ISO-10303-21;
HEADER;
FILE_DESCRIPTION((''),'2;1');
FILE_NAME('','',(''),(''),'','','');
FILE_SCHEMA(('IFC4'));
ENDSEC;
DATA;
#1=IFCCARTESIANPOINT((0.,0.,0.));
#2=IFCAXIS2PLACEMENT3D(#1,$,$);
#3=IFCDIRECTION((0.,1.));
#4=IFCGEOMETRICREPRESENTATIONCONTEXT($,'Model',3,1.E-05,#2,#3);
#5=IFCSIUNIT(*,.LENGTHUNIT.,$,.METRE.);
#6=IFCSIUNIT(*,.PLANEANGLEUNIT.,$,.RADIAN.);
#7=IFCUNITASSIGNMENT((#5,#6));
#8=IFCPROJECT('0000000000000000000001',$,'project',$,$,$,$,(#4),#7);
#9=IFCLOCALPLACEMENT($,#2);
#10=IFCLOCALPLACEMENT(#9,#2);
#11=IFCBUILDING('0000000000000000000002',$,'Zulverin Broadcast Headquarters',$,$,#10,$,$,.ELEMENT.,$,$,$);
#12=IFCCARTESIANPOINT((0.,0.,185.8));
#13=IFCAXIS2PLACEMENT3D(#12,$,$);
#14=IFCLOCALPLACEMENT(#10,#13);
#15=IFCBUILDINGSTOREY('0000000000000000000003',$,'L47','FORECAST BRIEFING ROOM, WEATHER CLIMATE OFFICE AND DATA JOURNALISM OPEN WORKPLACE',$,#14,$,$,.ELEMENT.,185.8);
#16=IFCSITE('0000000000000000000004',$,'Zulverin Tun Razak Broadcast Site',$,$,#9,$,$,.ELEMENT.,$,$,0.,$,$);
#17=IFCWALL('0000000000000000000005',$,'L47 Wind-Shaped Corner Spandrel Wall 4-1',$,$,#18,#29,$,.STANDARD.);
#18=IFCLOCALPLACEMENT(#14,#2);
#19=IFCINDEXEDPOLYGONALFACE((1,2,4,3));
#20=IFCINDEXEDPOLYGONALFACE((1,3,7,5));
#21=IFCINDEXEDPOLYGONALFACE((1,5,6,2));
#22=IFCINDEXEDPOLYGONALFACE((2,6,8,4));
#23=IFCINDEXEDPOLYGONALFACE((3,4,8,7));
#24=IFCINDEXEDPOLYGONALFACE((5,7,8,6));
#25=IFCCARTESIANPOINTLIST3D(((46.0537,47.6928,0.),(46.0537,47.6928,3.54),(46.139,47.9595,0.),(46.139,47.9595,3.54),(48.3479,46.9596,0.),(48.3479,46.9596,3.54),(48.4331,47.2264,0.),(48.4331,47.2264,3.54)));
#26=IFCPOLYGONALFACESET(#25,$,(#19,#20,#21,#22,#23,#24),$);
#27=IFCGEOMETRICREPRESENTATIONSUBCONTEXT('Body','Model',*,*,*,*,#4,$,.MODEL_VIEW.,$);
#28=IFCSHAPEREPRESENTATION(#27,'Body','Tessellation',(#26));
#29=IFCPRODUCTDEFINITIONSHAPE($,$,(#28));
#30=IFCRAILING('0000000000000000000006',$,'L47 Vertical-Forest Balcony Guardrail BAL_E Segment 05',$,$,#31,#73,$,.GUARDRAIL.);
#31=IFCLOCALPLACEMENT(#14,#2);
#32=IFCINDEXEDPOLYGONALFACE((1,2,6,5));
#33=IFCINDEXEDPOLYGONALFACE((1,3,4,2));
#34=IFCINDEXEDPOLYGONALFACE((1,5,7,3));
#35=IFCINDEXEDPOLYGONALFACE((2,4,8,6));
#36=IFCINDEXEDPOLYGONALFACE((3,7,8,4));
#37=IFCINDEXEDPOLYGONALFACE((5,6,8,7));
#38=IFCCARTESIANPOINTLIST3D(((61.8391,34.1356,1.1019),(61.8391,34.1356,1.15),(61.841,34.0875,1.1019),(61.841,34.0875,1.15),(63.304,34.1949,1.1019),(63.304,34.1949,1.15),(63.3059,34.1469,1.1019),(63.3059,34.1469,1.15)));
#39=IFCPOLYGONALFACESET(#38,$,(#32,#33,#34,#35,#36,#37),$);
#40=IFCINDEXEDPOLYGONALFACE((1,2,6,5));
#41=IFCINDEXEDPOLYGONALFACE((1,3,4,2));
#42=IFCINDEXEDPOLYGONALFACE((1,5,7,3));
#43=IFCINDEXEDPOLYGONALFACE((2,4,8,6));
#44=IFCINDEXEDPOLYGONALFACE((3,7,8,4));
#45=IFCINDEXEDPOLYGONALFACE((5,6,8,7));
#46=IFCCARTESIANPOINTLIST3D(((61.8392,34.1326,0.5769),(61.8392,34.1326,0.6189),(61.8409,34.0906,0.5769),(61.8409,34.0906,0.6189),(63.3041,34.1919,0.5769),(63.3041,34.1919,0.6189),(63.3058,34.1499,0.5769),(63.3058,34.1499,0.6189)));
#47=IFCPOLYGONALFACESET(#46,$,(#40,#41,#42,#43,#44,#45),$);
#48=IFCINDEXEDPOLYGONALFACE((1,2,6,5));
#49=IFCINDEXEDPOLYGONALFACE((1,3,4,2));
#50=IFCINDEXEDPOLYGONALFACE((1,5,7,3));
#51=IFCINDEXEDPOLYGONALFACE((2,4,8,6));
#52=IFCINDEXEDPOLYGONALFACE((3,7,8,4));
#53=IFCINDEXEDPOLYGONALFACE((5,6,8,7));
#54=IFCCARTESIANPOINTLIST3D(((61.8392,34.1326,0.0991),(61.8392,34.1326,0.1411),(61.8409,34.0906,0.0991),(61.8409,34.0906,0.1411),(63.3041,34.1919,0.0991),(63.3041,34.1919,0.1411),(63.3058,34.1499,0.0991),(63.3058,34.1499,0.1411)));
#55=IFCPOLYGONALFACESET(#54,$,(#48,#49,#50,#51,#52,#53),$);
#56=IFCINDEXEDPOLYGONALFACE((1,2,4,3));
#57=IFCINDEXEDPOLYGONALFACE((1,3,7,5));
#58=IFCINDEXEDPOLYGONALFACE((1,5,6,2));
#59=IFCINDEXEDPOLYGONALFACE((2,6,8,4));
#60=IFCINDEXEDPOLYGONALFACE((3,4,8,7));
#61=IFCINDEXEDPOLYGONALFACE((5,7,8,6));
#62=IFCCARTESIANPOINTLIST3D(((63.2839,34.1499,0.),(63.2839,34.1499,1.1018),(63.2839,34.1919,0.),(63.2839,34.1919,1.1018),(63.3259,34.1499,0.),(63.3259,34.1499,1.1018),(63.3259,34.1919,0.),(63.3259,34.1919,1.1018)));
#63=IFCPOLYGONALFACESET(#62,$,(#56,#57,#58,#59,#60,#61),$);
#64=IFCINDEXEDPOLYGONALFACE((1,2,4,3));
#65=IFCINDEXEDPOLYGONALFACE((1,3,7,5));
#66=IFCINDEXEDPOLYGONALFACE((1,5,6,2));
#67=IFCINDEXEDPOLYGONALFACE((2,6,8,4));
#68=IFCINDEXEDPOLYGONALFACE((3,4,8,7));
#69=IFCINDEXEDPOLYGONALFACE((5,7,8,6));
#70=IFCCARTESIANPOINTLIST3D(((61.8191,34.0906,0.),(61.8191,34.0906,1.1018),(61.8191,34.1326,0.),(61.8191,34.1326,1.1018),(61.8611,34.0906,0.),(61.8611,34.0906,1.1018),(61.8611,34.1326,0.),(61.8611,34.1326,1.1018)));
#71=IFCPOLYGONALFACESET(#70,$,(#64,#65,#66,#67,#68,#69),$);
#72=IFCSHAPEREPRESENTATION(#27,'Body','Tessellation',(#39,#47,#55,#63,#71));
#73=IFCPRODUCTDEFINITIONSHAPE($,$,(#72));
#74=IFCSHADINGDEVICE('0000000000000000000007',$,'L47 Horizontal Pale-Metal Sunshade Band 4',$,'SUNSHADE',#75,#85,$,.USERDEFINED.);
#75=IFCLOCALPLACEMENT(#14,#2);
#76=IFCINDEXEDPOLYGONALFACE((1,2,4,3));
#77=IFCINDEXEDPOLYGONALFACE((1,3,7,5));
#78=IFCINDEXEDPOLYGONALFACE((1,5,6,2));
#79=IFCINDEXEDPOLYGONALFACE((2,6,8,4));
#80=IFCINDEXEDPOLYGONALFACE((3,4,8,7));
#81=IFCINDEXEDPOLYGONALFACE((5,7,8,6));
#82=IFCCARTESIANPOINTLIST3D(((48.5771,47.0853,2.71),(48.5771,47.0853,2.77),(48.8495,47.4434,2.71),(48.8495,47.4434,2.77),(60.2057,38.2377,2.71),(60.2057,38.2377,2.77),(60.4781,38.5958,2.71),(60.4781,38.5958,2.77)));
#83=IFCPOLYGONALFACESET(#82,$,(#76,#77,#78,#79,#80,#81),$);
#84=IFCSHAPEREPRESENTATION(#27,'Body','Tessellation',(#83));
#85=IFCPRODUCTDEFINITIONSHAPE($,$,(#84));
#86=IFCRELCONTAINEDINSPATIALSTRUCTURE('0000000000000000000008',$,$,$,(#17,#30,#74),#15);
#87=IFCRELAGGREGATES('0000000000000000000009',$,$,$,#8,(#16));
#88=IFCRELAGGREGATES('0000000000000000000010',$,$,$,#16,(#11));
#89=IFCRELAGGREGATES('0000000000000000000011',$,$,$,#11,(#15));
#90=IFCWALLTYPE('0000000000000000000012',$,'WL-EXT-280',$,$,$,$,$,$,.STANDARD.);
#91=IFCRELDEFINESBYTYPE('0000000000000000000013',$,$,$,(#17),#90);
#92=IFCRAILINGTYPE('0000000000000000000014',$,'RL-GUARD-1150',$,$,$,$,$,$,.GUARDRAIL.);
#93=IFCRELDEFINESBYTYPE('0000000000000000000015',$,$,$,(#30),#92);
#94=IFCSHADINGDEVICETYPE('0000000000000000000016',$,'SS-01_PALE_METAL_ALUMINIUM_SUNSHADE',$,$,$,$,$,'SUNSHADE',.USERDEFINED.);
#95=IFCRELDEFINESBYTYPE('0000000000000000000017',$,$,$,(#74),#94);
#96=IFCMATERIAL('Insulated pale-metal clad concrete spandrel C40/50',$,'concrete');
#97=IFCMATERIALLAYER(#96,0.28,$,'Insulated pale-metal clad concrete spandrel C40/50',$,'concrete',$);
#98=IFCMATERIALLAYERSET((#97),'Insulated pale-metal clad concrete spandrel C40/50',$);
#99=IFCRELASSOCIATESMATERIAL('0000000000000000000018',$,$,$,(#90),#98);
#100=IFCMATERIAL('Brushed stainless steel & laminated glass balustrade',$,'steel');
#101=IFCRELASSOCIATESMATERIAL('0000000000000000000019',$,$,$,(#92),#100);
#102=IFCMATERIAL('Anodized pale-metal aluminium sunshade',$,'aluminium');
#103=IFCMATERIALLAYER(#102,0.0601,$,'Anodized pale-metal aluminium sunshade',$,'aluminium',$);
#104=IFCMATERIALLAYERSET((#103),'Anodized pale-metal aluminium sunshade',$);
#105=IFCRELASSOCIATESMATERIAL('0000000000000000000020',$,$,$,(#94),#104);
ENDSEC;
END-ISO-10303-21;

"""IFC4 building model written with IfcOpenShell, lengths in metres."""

from ifc_helpers import new_model, si_unit, direction, frame, frame_2d, origin, origin_2d, place, context, subcontext, project, spatial, rectangle, extrude, material, layer, layer_set, type_object, element, save


model = new_model("IFC4")

# Units and contexts
model_context = context("Model", 3, precision=1e-05, world=origin(), true_north=direction((0.0, 1.0)))
body_context = subcontext(model_context, "Body", "Model", "MODEL_VIEW")
ifc_project = project(units=[si_unit("LENGTHUNIT", "METRE"), si_unit("PLANEANGLEUNIT", "RADIAN")], contexts=[model_context])

# Site, building, storey
site_placement = place(None, origin())
site = spatial("IfcSite", under=ifc_project, at=site_placement, Name="Zulverin Tun Razak Broadcast Site", CompositionType="ELEMENT", RefElevation=0.0)
building_placement = place(site_placement, origin())
building = spatial("IfcBuilding", under=site, at=building_placement, Name="Zulverin Broadcast Headquarters", CompositionType="ELEMENT")
storey_placement = place(building_placement, frame((0.0, 0.0, 185.8)))
storey = spatial("IfcBuildingStorey", under=building, at=storey_placement, Name="L47", Description="FORECAST BRIEFING ROOM, WEATHER CLIMATE OFFICE AND DATA JOURNALISM OPEN WORKPLACE", CompositionType="ELEMENT", Elevation=185.8)

# Shared definitions
ifc_material_1 = material(Name="Insulated pale-metal clad concrete spandrel C40/50", Category="concrete")
ifc_layer_1 = layer(ifc_material_1, 0.28, Name="Insulated pale-metal clad concrete spandrel C40/50", Category="concrete")
ifc_layer_set_1 = layer_set([ifc_layer_1], Name="Insulated pale-metal clad concrete spandrel C40/50")
wall_type = type_object("IfcWallType", Name="WL-EXT-280", PredefinedType="STANDARD", material=ifc_layer_set_1)

# Wall
wall_1_placement = place(storey_placement, frame((48.3904, 47.093, 0.0), z_axis=(0.0, 0.0, 1.0), x_axis=(-0.952543, 0.304404, 0.0)))
element("IfcWall", 1, at=wall_1_placement, inside=storey, type_object=wall_type, Name="L47 Wind-Shaped Corner Spandrel Wall 4-1", PredefinedType="STANDARD", context=body_context, shape_type="SweptSolid", body=[
    extrude(rectangle(XDim=2.4084, YDim=0.28, at=frame_2d((1.2041, 0.0))), origin(), (0.0, 0.0, 1.0), 3.54),
])

# Railing
ifc_material_2 = material(Name="Brushed stainless steel & laminated glass balustrade", Category="steel")
railing_type = type_object("IfcRailingType", Name="RL-GUARD-1150", PredefinedType="GUARDRAIL", material=ifc_material_2)
railing_placement = place(storey_placement, frame((63.3049, 34.1709, 0.0)))
element("IfcRailing", 2, at=railing_placement, inside=storey, type_object=railing_type, Name="L47 Vertical-Forest Balcony Guardrail BAL_E Segment 05", PredefinedType="GUARDRAIL", context=body_context, shape_type="SweptSolid", body=[
    extrude(rectangle(XDim=0.0481, YDim=0.0481, at=origin_2d()), frame((0.0, 0.0, 1.126), z_axis=(-0.999181, -0.040467, 0.0), x_axis=(0.040467, -0.999181, 0.0)), (0.0, 0.0, 1.0), 1.4661),
    extrude(rectangle(XDim=0.042, YDim=0.042, at=origin_2d()), frame((0.0, 0.0, 0.5979), z_axis=(-0.999181, -0.040467, 0.0), x_axis=(0.040467, -0.999181, 0.0)), (0.0, 0.0, 1.0), 1.4661),
    extrude(rectangle(XDim=0.042, YDim=0.042, at=origin_2d()), frame((0.0, 0.0, 0.1201), z_axis=(-0.999181, -0.040467, 0.0), x_axis=(0.040467, -0.999181, 0.0)), (0.0, 0.0, 1.0), 1.4661),
    extrude(rectangle(XDim=0.042, YDim=0.042, at=origin_2d()), origin(), (0.0, 0.0, 1.0), 1.1018),
    extrude(rectangle(XDim=0.042, YDim=0.042, at=origin_2d()), frame((-1.4648, -0.0593, 0.0)), (0.0, 0.0, 1.0), 1.1018),
])

# Shading device
ifc_material_3 = material(Name="Anodized pale-metal aluminium sunshade", Category="aluminium")
ifc_layer_2 = layer(ifc_material_3, 0.0601, Name="Anodized pale-metal aluminium sunshade", Category="aluminium")
ifc_layer_set_2 = layer_set([ifc_layer_2], Name="Anodized pale-metal aluminium sunshade")
shading_device_type = type_object("IfcShadingDeviceType", Name="SS-01_PALE_METAL_ALUMINIUM_SUNSHADE", ElementType="SUNSHADE", PredefinedType="USERDEFINED", material=ifc_layer_set_2)
shading_device_placement = place(storey_placement, frame((54.5276, 42.8406, 2.71), z_axis=(0.0, 0.0, 1.0), x_axis=(-0.795836, 0.605512, 0.0)))
element("IfcShadingDevice", 3, at=shading_device_placement, inside=storey, type_object=shading_device_type, Name="L47 Horizontal Pale-Metal Sunshade Band 4", ObjectType="SUNSHADE", PredefinedType="USERDEFINED", context=body_context, shape_type="SweptSolid", body=[
    extrude(rectangle(XDim=14.6118, YDim=0.45, at=origin_2d()), origin(), (0.0, 0.0, 1.0), 0.0601),
])

save(model, "model.ifc")
